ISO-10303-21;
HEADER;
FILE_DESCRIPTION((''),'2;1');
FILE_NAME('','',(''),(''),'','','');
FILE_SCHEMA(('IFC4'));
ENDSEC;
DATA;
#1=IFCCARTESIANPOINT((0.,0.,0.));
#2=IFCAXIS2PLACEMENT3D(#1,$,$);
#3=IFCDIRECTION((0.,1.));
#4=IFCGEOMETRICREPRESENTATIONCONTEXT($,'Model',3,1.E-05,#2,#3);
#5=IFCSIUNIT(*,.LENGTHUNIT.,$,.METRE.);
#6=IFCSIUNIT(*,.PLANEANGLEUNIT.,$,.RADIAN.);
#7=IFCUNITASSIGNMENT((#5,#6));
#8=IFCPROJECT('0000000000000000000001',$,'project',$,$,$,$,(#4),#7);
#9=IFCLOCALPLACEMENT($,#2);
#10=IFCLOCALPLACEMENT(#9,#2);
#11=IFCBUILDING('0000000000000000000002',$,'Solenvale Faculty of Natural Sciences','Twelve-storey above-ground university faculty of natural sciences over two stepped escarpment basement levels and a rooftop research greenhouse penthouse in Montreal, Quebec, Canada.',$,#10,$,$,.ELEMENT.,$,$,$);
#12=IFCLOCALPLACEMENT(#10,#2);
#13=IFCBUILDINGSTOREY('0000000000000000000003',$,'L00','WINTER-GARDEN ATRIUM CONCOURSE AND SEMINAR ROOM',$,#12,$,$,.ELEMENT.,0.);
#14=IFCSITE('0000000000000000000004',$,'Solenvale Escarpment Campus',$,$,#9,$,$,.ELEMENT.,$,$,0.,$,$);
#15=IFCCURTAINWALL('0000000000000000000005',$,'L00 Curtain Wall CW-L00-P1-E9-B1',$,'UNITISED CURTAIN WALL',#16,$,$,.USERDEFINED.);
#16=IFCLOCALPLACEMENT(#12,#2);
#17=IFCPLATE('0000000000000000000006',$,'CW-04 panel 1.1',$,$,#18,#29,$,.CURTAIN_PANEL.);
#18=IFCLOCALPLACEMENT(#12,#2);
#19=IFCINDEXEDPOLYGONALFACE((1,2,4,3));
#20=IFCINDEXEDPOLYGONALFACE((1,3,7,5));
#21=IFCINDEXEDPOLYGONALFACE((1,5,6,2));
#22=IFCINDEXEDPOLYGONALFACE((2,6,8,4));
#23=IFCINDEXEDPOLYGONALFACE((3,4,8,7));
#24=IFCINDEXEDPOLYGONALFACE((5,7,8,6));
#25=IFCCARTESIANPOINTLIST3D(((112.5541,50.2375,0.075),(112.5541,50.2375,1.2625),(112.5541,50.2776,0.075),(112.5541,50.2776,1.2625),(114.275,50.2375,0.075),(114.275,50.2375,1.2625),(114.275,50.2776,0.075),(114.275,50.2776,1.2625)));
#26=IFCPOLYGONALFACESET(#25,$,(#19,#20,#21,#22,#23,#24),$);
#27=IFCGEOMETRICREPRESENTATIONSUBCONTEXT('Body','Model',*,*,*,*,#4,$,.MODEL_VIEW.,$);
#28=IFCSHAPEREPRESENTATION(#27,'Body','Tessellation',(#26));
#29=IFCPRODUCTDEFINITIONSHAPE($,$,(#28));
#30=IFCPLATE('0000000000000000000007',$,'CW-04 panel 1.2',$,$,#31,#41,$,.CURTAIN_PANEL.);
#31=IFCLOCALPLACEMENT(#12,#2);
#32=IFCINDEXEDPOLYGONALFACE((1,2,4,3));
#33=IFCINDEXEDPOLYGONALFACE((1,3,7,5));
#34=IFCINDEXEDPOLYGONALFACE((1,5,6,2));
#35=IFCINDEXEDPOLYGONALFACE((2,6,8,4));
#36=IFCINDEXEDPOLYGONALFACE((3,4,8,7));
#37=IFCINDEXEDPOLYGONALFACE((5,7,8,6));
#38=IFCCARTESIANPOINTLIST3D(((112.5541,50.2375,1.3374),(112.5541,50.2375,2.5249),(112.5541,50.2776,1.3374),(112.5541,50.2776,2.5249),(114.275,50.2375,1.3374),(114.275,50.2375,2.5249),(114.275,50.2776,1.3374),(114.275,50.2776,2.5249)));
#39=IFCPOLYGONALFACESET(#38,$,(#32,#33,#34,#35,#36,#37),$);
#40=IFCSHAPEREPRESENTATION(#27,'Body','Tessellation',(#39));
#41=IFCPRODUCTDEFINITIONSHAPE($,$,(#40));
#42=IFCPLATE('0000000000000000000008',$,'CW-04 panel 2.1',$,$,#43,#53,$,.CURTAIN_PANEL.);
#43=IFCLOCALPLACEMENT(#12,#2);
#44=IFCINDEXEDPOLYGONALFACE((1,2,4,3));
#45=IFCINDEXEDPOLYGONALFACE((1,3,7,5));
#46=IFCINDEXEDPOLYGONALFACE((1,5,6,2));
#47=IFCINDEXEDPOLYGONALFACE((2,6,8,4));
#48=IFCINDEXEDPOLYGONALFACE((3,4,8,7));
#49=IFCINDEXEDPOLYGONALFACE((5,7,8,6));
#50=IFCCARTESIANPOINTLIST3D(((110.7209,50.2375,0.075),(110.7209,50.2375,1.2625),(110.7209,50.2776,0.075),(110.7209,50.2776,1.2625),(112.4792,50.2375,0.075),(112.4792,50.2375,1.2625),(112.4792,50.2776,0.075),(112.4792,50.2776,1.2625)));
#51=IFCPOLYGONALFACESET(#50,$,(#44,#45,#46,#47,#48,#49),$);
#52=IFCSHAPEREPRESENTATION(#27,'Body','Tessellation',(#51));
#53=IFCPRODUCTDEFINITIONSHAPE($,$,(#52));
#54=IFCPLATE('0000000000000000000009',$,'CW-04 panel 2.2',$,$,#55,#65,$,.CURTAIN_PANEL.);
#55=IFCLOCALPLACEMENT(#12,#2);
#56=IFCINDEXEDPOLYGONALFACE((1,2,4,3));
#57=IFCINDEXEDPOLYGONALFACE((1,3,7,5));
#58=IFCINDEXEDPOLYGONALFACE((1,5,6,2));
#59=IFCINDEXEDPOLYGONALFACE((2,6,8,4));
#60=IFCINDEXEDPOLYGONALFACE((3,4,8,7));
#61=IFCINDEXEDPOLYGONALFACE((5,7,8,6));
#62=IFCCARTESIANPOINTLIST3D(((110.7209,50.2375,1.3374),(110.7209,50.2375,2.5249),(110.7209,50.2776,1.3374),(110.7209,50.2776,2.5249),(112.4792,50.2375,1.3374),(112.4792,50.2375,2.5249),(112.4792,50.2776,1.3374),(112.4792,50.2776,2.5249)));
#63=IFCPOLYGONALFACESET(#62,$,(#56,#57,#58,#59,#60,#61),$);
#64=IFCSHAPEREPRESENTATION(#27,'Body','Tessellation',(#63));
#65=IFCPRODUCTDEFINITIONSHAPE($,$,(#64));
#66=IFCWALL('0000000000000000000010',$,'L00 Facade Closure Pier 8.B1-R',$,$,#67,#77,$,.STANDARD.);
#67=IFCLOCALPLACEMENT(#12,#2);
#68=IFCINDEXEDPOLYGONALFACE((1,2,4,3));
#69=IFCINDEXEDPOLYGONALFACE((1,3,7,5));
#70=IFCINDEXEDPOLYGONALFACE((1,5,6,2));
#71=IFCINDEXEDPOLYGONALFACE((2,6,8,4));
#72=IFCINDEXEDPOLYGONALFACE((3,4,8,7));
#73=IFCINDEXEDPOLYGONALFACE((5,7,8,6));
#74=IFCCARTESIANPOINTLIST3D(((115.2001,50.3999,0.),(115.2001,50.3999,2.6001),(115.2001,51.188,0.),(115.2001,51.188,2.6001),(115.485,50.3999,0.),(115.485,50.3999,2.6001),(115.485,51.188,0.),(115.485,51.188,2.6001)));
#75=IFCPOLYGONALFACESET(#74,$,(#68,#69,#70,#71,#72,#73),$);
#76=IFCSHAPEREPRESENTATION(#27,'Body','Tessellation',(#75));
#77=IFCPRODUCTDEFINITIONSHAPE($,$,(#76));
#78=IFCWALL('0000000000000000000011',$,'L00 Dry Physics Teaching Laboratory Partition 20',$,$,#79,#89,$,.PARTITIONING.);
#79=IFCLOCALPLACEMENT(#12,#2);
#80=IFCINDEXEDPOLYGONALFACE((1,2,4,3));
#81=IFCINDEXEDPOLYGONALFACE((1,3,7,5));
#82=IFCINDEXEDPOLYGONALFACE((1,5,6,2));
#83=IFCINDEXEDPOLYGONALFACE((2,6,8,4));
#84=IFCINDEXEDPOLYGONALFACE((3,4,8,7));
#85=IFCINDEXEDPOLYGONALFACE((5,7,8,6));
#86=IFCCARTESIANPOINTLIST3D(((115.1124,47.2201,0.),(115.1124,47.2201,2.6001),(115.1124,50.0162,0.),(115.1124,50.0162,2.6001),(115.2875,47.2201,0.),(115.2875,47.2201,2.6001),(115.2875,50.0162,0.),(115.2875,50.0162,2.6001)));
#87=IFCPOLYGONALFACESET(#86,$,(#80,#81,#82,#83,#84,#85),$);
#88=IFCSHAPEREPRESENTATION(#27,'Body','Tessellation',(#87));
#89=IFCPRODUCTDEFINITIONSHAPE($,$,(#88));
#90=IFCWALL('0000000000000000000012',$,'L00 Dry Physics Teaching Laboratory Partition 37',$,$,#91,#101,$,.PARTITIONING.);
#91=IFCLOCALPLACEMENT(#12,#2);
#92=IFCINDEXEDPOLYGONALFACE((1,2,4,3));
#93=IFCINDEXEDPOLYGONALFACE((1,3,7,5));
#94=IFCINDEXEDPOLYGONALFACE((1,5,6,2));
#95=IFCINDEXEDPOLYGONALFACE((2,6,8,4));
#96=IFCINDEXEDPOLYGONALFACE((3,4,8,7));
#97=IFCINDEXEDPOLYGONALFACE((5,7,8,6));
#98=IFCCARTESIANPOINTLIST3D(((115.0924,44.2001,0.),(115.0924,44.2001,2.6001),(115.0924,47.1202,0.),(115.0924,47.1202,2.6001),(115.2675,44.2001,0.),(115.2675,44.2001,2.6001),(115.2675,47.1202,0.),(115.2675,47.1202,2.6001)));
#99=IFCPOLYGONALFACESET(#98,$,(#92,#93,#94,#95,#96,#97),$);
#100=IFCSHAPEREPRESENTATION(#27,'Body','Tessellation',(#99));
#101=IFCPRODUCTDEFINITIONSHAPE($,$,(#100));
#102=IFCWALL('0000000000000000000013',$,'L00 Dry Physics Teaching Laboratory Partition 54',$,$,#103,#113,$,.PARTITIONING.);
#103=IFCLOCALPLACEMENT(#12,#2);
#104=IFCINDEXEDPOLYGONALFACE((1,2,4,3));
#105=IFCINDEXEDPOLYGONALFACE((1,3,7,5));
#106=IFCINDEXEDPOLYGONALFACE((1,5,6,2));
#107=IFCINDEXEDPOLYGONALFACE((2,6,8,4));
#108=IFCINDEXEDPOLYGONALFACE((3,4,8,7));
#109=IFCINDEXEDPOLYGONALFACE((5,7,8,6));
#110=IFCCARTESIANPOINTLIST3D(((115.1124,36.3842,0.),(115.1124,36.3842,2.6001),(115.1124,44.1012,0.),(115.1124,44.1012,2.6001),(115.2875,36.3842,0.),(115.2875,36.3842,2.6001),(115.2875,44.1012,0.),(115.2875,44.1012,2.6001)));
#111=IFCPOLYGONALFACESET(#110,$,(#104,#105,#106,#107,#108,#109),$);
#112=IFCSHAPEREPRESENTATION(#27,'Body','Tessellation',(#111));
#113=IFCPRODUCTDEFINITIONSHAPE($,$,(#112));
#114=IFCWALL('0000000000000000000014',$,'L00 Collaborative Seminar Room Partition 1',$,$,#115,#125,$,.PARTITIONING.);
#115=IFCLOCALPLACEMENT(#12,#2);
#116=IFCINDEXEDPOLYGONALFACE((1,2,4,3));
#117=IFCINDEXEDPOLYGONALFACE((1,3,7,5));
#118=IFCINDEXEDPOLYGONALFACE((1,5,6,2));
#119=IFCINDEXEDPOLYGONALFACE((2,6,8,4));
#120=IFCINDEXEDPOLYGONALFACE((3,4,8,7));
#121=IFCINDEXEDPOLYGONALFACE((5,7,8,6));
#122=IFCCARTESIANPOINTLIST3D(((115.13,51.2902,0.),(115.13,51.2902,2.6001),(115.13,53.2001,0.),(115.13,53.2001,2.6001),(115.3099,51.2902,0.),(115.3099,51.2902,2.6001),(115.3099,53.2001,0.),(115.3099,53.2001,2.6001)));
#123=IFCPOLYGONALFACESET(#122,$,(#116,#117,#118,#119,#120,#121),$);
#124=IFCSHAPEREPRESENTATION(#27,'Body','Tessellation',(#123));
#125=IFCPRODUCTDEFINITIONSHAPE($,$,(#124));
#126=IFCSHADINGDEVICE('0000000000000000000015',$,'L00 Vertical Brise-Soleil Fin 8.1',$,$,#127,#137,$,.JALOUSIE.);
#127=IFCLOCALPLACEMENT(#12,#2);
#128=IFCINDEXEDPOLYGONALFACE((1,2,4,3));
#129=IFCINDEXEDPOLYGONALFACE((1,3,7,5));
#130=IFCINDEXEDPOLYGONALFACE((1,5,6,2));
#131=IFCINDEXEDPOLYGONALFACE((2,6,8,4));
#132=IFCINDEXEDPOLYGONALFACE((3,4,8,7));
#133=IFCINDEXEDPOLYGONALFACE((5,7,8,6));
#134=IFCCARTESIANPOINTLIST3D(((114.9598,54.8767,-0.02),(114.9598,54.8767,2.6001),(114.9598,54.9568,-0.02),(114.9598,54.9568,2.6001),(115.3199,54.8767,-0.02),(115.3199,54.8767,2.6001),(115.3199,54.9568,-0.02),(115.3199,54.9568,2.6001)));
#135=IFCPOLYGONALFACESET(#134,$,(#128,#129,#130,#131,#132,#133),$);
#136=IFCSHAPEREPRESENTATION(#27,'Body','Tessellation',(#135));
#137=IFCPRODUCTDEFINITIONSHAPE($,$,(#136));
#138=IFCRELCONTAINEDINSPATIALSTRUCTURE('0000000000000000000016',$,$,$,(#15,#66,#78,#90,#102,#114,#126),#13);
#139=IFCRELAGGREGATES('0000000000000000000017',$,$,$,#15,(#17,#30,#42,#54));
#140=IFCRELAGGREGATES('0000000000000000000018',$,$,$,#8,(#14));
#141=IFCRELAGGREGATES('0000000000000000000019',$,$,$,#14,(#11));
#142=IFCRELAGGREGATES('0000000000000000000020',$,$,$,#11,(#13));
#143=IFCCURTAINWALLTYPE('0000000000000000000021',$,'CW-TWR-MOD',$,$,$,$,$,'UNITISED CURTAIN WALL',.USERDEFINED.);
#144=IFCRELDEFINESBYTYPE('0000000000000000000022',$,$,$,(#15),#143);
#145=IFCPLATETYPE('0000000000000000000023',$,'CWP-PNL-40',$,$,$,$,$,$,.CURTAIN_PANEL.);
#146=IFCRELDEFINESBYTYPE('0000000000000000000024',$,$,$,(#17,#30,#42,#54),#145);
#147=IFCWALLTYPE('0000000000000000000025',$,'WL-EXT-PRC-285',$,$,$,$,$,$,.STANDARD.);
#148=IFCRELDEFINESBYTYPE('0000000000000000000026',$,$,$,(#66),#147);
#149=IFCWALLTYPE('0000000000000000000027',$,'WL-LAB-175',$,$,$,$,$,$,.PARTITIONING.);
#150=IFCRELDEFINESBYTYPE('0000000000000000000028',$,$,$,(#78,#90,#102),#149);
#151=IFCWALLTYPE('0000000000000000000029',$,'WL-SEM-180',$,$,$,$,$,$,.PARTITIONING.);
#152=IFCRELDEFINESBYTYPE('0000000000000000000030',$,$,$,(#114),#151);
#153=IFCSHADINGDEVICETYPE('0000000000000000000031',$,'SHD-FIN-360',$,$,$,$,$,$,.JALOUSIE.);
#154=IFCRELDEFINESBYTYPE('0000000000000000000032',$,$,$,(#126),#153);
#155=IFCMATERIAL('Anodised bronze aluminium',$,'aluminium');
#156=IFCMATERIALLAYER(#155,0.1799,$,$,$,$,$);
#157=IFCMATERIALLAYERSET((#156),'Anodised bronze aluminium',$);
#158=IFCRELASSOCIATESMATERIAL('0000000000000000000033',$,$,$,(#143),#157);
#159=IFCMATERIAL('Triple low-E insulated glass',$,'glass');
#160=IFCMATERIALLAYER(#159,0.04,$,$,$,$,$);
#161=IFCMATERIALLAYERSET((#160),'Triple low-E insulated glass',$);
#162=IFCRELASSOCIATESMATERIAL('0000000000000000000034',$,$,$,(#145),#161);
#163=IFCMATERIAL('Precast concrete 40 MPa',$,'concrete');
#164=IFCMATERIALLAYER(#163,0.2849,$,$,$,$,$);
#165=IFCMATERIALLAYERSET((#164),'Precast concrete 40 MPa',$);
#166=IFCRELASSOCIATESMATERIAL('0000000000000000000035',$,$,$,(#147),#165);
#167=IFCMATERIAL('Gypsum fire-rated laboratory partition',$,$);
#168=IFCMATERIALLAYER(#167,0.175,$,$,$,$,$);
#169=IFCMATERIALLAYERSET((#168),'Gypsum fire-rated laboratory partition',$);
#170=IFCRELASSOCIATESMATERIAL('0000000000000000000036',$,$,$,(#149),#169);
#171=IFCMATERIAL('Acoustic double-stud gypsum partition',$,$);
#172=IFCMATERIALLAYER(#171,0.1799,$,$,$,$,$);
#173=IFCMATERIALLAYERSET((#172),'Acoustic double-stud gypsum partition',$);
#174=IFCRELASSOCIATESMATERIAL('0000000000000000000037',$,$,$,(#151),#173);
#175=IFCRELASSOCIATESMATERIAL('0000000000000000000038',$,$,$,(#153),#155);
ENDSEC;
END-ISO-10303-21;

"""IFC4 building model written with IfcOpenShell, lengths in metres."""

from ifc_helpers import new_model, si_unit, direction, frame, frame_2d, origin, origin_2d, place, context, subcontext, project, spatial, rectangle, extrude, material, layer, layer_set, material_profile, profile_set, type_object, element, aggregate, save


model = new_model("IFC4")

# Units and contexts
model_context = context("Model", 3, precision=1e-05, world=origin(), true_north=direction((0.0, 1.0)))
body_context = subcontext(model_context, "Body", "Model", "MODEL_VIEW")
ifc_project = project(units=[si_unit("LENGTHUNIT", "METRE"), si_unit("PLANEANGLEUNIT", "RADIAN")], contexts=[model_context])

# Site, building, storey
site_placement = place(None, origin())
site = spatial("IfcSite", under=ifc_project, at=site_placement, Name="Solenvale Escarpment Campus", CompositionType="ELEMENT", RefElevation=0.0)
building_placement = place(site_placement, origin())
building = spatial("IfcBuilding", under=site, at=building_placement, Name="Solenvale Faculty of Natural Sciences", Description="Twelve-storey above-ground university faculty of natural sciences over two stepped escarpment basement levels and a rooftop research greenhouse penthouse in Montreal, Quebec, Canada.", CompositionType="ELEMENT")
storey_placement = place(building_placement, origin())
storey = spatial("IfcBuildingStorey", under=building, at=storey_placement, Name="L00", Description="WINTER-GARDEN ATRIUM CONCOURSE AND SEMINAR ROOM", CompositionType="ELEMENT", Elevation=0.0)

# Curtain wall
ifc_material_1 = material(Name="Anodised bronze aluminium", Category="aluminium")
ifc_layer_1 = layer(ifc_material_1, 0.1799)
ifc_layer_set_1 = layer_set([ifc_layer_1], Name="Anodised bronze aluminium")
curtain_wall_type_1 = type_object("IfcCurtainWallType", Name="CW-TWR-MOD", ElementType="UNITISED CURTAIN WALL", PredefinedType="USERDEFINED", material=ifc_layer_set_1)
curtain_wall_1_placement = place(storey_placement, origin())
curtain_wall_1 = element("IfcCurtainWall", 1, at=curtain_wall_1_placement, inside=storey, type_object=curtain_wall_type_1, Name="L00 Curtain Wall CW-L00-P1-E9-B1", ObjectType="UNITISED CURTAIN WALL", PredefinedType="USERDEFINED")

# Plates
ifc_material_2 = material(Name="Triple low-E insulated glass", Category="glass")
ifc_layer_2 = layer(ifc_material_2, 0.04)
ifc_layer_set_2 = layer_set([ifc_layer_2], Name="Triple low-E insulated glass")
plate_type_1 = type_object("IfcPlateType", Name="CWP-PNL-40", PredefinedType="CURTAIN_PANEL", material=ifc_layer_set_2)
plate_1_placement = place(storey_placement, frame((113.4146, 50.2576, 0.075), z_axis=(0.0, 0.0, 1.0), x_axis=(-1.0, 0.0, 0.0)))
plate_1 = element("IfcPlate", 2, at=plate_1_placement, type_object=plate_type_1, Name="CW-04 panel 1.1", PredefinedType="CURTAIN_PANEL", context=body_context, shape_type="SweptSolid", body=[
    extrude(rectangle(XDim=1.7209, YDim=0.04, at=origin_2d()), origin(), (0.0, 0.0, 1.0), 1.1875),
])
plate_2_placement = place(storey_placement, frame((113.4146, 50.2576, 1.3374), z_axis=(0.0, 0.0, 1.0), x_axis=(-1.0, 0.0, 0.0)))
plate_2 = element("IfcPlate", 3, at=plate_2_placement, type_object=plate_type_1, Name="CW-04 panel 1.2", PredefinedType="CURTAIN_PANEL", context=body_context, shape_type="SweptSolid", body=[
    extrude(rectangle(XDim=1.7209, YDim=0.04, at=origin_2d()), origin(), (0.0, 0.0, 1.0), 1.1875),
])
plate_3_placement = place(storey_placement, frame((111.6001, 50.2576, 0.075), z_axis=(0.0, 0.0, 1.0), x_axis=(-1.0, 0.0, 0.0)))
plate_3 = element("IfcPlate", 4, at=plate_3_placement, type_object=plate_type_1, Name="CW-04 panel 2.1", PredefinedType="CURTAIN_PANEL", context=body_context, shape_type="SweptSolid", body=[
    extrude(rectangle(XDim=1.7583, YDim=0.04, at=origin_2d()), origin(), (0.0, 0.0, 1.0), 1.1875),
])
plate_4_placement = place(storey_placement, frame((111.6001, 50.2576, 1.3374), z_axis=(0.0, 0.0, 1.0), x_axis=(-1.0, 0.0, 0.0)))
plate_4 = element("IfcPlate", 5, at=plate_4_placement, type_object=plate_type_1, Name="CW-04 panel 2.2", PredefinedType="CURTAIN_PANEL", context=body_context, shape_type="SweptSolid", body=[
    extrude(rectangle(XDim=1.7583, YDim=0.04, at=origin_2d()), origin(), (0.0, 0.0, 1.0), 1.1875),
])
aggregate(curtain_wall_1, [plate_1, plate_2, plate_3, plate_4])

# Walls
ifc_material_3 = material(Name="Precast concrete 40 MPa", Category="concrete")
ifc_layer_3 = layer(ifc_material_3, 0.2849)
ifc_layer_set_3 = layer_set([ifc_layer_3], Name="Precast concrete 40 MPa")
wall_type_1 = type_object("IfcWallType", Name="WL-EXT-PRC-285", PredefinedType="STANDARD", material=ifc_layer_set_3)
wall_1_placement = place(storey_placement, frame((115.3425, 51.188, 0.0), z_axis=(0.0, 0.0, 1.0), x_axis=(0.0, -1.0, 0.0)))
element("IfcWall", 6, at=wall_1_placement, inside=storey, type_object=wall_type_1, Name="L00 Facade Closure Pier 8.B1-R", PredefinedType="STANDARD", context=body_context, shape_type="SweptSolid", body=[
    extrude(rectangle(XDim=0.7881, YDim=0.2849, at=frame_2d((0.394, 0.0))), origin(), (0.0, 0.0, 1.0), 2.6001),
])
ifc_material_4 = material(Name="Gypsum fire-rated laboratory partition")
ifc_layer_4 = layer(ifc_material_4, 0.175)
ifc_layer_set_4 = layer_set([ifc_layer_4], Name="Gypsum fire-rated laboratory partition")
wall_type_2 = type_object("IfcWallType", Name="WL-LAB-175", PredefinedType="PARTITIONING", material=ifc_layer_set_4)
wall_2_placement = place(storey_placement, frame((115.2, 50.0161, 0.0), z_axis=(0.0, 0.0, 1.0), x_axis=(0.0, -1.0, 0.0)))
element("IfcWall", 7, at=wall_2_placement, inside=storey, type_object=wall_type_2, Name="L00 Dry Physics Teaching Laboratory Partition 20", PredefinedType="PARTITIONING", context=body_context, shape_type="SweptSolid", body=[
    extrude(rectangle(XDim=2.7961, YDim=0.175, at=frame_2d((1.3979, 0.0))), origin(), (0.0, 0.0, 1.0), 2.6001),
])
wall_3_placement = place(storey_placement, frame((115.1799, 47.1201, 0.0), z_axis=(0.0, 0.0, 1.0), x_axis=(0.0, -1.0, 0.0)))
element("IfcWall", 8, at=wall_3_placement, inside=storey, type_object=wall_type_2, Name="L00 Dry Physics Teaching Laboratory Partition 37", PredefinedType="PARTITIONING", context=body_context, shape_type="SweptSolid", body=[
    extrude(rectangle(XDim=2.9202, YDim=0.175, at=frame_2d((1.46, 0.0))), origin(), (0.0, 0.0, 1.0), 2.6001),
])
wall_4_placement = place(storey_placement, frame((115.2, 44.1011, 0.0), z_axis=(0.0, 0.0, 1.0), x_axis=(0.0, -1.0, 0.0)))
element("IfcWall", 9, at=wall_4_placement, inside=storey, type_object=wall_type_2, Name="L00 Dry Physics Teaching Laboratory Partition 54", PredefinedType="PARTITIONING", context=body_context, shape_type="SweptSolid", body=[
    extrude(rectangle(XDim=7.717, YDim=0.175, at=frame_2d((3.8584, 0.0))), origin(), (0.0, 0.0, 1.0), 2.6001),
])
ifc_material_5 = material(Name="Acoustic double-stud gypsum partition")
ifc_layer_5 = layer(ifc_material_5, 0.1799)
ifc_layer_set_5 = layer_set([ifc_layer_5], Name="Acoustic double-stud gypsum partition")
wall_type_3 = type_object("IfcWallType", Name="WL-SEM-180", PredefinedType="PARTITIONING", material=ifc_layer_set_5)
wall_5_placement = place(storey_placement, frame((115.22, 51.29, 0.0), z_axis=(0.0, 0.0, 1.0), x_axis=(0.0, 1.0, 0.0)))
element("IfcWall", 10, at=wall_5_placement, inside=storey, type_object=wall_type_3, Name="L00 Collaborative Seminar Room Partition 1", PredefinedType="PARTITIONING", context=body_context, shape_type="SweptSolid", body=[
    extrude(rectangle(XDim=1.9099, YDim=0.1799, at=frame_2d((0.9551, 0.0))), origin(), (0.0, 0.0, 1.0), 2.6001),
])

# Shading device
ifc_material_profile_1 = material_profile(ifc_material_1, rectangle(XDim=0.0801, YDim=0.3601, at=origin_2d()), Name="ALU-FIN-80x360")
ifc_profile_set_1 = profile_set([ifc_material_profile_1], Name="Anodised bronze aluminium")
shading_device_type = type_object("IfcShadingDeviceType", Name="SHD-FIN-360", PredefinedType="JALOUSIE", material=ifc_profile_set_1)
shading_device_placement = place(storey_placement, frame((115.1399, 54.9167, -0.02), z_axis=(0.0, 0.0, 1.0), x_axis=(0.0, 1.0, 0.0)))
element("IfcShadingDevice", 11, at=shading_device_placement, inside=storey, type_object=shading_device_type, Name="L00 Vertical Brise-Soleil Fin 8.1", PredefinedType="JALOUSIE", context=body_context, shape_type="SweptSolid", body=[
    extrude(rectangle(XDim=0.0801, YDim=0.3601, at=origin_2d()), origin(), (0.0, 0.0, 1.0), 2.6201),
])

save(model, "model.ifc")
